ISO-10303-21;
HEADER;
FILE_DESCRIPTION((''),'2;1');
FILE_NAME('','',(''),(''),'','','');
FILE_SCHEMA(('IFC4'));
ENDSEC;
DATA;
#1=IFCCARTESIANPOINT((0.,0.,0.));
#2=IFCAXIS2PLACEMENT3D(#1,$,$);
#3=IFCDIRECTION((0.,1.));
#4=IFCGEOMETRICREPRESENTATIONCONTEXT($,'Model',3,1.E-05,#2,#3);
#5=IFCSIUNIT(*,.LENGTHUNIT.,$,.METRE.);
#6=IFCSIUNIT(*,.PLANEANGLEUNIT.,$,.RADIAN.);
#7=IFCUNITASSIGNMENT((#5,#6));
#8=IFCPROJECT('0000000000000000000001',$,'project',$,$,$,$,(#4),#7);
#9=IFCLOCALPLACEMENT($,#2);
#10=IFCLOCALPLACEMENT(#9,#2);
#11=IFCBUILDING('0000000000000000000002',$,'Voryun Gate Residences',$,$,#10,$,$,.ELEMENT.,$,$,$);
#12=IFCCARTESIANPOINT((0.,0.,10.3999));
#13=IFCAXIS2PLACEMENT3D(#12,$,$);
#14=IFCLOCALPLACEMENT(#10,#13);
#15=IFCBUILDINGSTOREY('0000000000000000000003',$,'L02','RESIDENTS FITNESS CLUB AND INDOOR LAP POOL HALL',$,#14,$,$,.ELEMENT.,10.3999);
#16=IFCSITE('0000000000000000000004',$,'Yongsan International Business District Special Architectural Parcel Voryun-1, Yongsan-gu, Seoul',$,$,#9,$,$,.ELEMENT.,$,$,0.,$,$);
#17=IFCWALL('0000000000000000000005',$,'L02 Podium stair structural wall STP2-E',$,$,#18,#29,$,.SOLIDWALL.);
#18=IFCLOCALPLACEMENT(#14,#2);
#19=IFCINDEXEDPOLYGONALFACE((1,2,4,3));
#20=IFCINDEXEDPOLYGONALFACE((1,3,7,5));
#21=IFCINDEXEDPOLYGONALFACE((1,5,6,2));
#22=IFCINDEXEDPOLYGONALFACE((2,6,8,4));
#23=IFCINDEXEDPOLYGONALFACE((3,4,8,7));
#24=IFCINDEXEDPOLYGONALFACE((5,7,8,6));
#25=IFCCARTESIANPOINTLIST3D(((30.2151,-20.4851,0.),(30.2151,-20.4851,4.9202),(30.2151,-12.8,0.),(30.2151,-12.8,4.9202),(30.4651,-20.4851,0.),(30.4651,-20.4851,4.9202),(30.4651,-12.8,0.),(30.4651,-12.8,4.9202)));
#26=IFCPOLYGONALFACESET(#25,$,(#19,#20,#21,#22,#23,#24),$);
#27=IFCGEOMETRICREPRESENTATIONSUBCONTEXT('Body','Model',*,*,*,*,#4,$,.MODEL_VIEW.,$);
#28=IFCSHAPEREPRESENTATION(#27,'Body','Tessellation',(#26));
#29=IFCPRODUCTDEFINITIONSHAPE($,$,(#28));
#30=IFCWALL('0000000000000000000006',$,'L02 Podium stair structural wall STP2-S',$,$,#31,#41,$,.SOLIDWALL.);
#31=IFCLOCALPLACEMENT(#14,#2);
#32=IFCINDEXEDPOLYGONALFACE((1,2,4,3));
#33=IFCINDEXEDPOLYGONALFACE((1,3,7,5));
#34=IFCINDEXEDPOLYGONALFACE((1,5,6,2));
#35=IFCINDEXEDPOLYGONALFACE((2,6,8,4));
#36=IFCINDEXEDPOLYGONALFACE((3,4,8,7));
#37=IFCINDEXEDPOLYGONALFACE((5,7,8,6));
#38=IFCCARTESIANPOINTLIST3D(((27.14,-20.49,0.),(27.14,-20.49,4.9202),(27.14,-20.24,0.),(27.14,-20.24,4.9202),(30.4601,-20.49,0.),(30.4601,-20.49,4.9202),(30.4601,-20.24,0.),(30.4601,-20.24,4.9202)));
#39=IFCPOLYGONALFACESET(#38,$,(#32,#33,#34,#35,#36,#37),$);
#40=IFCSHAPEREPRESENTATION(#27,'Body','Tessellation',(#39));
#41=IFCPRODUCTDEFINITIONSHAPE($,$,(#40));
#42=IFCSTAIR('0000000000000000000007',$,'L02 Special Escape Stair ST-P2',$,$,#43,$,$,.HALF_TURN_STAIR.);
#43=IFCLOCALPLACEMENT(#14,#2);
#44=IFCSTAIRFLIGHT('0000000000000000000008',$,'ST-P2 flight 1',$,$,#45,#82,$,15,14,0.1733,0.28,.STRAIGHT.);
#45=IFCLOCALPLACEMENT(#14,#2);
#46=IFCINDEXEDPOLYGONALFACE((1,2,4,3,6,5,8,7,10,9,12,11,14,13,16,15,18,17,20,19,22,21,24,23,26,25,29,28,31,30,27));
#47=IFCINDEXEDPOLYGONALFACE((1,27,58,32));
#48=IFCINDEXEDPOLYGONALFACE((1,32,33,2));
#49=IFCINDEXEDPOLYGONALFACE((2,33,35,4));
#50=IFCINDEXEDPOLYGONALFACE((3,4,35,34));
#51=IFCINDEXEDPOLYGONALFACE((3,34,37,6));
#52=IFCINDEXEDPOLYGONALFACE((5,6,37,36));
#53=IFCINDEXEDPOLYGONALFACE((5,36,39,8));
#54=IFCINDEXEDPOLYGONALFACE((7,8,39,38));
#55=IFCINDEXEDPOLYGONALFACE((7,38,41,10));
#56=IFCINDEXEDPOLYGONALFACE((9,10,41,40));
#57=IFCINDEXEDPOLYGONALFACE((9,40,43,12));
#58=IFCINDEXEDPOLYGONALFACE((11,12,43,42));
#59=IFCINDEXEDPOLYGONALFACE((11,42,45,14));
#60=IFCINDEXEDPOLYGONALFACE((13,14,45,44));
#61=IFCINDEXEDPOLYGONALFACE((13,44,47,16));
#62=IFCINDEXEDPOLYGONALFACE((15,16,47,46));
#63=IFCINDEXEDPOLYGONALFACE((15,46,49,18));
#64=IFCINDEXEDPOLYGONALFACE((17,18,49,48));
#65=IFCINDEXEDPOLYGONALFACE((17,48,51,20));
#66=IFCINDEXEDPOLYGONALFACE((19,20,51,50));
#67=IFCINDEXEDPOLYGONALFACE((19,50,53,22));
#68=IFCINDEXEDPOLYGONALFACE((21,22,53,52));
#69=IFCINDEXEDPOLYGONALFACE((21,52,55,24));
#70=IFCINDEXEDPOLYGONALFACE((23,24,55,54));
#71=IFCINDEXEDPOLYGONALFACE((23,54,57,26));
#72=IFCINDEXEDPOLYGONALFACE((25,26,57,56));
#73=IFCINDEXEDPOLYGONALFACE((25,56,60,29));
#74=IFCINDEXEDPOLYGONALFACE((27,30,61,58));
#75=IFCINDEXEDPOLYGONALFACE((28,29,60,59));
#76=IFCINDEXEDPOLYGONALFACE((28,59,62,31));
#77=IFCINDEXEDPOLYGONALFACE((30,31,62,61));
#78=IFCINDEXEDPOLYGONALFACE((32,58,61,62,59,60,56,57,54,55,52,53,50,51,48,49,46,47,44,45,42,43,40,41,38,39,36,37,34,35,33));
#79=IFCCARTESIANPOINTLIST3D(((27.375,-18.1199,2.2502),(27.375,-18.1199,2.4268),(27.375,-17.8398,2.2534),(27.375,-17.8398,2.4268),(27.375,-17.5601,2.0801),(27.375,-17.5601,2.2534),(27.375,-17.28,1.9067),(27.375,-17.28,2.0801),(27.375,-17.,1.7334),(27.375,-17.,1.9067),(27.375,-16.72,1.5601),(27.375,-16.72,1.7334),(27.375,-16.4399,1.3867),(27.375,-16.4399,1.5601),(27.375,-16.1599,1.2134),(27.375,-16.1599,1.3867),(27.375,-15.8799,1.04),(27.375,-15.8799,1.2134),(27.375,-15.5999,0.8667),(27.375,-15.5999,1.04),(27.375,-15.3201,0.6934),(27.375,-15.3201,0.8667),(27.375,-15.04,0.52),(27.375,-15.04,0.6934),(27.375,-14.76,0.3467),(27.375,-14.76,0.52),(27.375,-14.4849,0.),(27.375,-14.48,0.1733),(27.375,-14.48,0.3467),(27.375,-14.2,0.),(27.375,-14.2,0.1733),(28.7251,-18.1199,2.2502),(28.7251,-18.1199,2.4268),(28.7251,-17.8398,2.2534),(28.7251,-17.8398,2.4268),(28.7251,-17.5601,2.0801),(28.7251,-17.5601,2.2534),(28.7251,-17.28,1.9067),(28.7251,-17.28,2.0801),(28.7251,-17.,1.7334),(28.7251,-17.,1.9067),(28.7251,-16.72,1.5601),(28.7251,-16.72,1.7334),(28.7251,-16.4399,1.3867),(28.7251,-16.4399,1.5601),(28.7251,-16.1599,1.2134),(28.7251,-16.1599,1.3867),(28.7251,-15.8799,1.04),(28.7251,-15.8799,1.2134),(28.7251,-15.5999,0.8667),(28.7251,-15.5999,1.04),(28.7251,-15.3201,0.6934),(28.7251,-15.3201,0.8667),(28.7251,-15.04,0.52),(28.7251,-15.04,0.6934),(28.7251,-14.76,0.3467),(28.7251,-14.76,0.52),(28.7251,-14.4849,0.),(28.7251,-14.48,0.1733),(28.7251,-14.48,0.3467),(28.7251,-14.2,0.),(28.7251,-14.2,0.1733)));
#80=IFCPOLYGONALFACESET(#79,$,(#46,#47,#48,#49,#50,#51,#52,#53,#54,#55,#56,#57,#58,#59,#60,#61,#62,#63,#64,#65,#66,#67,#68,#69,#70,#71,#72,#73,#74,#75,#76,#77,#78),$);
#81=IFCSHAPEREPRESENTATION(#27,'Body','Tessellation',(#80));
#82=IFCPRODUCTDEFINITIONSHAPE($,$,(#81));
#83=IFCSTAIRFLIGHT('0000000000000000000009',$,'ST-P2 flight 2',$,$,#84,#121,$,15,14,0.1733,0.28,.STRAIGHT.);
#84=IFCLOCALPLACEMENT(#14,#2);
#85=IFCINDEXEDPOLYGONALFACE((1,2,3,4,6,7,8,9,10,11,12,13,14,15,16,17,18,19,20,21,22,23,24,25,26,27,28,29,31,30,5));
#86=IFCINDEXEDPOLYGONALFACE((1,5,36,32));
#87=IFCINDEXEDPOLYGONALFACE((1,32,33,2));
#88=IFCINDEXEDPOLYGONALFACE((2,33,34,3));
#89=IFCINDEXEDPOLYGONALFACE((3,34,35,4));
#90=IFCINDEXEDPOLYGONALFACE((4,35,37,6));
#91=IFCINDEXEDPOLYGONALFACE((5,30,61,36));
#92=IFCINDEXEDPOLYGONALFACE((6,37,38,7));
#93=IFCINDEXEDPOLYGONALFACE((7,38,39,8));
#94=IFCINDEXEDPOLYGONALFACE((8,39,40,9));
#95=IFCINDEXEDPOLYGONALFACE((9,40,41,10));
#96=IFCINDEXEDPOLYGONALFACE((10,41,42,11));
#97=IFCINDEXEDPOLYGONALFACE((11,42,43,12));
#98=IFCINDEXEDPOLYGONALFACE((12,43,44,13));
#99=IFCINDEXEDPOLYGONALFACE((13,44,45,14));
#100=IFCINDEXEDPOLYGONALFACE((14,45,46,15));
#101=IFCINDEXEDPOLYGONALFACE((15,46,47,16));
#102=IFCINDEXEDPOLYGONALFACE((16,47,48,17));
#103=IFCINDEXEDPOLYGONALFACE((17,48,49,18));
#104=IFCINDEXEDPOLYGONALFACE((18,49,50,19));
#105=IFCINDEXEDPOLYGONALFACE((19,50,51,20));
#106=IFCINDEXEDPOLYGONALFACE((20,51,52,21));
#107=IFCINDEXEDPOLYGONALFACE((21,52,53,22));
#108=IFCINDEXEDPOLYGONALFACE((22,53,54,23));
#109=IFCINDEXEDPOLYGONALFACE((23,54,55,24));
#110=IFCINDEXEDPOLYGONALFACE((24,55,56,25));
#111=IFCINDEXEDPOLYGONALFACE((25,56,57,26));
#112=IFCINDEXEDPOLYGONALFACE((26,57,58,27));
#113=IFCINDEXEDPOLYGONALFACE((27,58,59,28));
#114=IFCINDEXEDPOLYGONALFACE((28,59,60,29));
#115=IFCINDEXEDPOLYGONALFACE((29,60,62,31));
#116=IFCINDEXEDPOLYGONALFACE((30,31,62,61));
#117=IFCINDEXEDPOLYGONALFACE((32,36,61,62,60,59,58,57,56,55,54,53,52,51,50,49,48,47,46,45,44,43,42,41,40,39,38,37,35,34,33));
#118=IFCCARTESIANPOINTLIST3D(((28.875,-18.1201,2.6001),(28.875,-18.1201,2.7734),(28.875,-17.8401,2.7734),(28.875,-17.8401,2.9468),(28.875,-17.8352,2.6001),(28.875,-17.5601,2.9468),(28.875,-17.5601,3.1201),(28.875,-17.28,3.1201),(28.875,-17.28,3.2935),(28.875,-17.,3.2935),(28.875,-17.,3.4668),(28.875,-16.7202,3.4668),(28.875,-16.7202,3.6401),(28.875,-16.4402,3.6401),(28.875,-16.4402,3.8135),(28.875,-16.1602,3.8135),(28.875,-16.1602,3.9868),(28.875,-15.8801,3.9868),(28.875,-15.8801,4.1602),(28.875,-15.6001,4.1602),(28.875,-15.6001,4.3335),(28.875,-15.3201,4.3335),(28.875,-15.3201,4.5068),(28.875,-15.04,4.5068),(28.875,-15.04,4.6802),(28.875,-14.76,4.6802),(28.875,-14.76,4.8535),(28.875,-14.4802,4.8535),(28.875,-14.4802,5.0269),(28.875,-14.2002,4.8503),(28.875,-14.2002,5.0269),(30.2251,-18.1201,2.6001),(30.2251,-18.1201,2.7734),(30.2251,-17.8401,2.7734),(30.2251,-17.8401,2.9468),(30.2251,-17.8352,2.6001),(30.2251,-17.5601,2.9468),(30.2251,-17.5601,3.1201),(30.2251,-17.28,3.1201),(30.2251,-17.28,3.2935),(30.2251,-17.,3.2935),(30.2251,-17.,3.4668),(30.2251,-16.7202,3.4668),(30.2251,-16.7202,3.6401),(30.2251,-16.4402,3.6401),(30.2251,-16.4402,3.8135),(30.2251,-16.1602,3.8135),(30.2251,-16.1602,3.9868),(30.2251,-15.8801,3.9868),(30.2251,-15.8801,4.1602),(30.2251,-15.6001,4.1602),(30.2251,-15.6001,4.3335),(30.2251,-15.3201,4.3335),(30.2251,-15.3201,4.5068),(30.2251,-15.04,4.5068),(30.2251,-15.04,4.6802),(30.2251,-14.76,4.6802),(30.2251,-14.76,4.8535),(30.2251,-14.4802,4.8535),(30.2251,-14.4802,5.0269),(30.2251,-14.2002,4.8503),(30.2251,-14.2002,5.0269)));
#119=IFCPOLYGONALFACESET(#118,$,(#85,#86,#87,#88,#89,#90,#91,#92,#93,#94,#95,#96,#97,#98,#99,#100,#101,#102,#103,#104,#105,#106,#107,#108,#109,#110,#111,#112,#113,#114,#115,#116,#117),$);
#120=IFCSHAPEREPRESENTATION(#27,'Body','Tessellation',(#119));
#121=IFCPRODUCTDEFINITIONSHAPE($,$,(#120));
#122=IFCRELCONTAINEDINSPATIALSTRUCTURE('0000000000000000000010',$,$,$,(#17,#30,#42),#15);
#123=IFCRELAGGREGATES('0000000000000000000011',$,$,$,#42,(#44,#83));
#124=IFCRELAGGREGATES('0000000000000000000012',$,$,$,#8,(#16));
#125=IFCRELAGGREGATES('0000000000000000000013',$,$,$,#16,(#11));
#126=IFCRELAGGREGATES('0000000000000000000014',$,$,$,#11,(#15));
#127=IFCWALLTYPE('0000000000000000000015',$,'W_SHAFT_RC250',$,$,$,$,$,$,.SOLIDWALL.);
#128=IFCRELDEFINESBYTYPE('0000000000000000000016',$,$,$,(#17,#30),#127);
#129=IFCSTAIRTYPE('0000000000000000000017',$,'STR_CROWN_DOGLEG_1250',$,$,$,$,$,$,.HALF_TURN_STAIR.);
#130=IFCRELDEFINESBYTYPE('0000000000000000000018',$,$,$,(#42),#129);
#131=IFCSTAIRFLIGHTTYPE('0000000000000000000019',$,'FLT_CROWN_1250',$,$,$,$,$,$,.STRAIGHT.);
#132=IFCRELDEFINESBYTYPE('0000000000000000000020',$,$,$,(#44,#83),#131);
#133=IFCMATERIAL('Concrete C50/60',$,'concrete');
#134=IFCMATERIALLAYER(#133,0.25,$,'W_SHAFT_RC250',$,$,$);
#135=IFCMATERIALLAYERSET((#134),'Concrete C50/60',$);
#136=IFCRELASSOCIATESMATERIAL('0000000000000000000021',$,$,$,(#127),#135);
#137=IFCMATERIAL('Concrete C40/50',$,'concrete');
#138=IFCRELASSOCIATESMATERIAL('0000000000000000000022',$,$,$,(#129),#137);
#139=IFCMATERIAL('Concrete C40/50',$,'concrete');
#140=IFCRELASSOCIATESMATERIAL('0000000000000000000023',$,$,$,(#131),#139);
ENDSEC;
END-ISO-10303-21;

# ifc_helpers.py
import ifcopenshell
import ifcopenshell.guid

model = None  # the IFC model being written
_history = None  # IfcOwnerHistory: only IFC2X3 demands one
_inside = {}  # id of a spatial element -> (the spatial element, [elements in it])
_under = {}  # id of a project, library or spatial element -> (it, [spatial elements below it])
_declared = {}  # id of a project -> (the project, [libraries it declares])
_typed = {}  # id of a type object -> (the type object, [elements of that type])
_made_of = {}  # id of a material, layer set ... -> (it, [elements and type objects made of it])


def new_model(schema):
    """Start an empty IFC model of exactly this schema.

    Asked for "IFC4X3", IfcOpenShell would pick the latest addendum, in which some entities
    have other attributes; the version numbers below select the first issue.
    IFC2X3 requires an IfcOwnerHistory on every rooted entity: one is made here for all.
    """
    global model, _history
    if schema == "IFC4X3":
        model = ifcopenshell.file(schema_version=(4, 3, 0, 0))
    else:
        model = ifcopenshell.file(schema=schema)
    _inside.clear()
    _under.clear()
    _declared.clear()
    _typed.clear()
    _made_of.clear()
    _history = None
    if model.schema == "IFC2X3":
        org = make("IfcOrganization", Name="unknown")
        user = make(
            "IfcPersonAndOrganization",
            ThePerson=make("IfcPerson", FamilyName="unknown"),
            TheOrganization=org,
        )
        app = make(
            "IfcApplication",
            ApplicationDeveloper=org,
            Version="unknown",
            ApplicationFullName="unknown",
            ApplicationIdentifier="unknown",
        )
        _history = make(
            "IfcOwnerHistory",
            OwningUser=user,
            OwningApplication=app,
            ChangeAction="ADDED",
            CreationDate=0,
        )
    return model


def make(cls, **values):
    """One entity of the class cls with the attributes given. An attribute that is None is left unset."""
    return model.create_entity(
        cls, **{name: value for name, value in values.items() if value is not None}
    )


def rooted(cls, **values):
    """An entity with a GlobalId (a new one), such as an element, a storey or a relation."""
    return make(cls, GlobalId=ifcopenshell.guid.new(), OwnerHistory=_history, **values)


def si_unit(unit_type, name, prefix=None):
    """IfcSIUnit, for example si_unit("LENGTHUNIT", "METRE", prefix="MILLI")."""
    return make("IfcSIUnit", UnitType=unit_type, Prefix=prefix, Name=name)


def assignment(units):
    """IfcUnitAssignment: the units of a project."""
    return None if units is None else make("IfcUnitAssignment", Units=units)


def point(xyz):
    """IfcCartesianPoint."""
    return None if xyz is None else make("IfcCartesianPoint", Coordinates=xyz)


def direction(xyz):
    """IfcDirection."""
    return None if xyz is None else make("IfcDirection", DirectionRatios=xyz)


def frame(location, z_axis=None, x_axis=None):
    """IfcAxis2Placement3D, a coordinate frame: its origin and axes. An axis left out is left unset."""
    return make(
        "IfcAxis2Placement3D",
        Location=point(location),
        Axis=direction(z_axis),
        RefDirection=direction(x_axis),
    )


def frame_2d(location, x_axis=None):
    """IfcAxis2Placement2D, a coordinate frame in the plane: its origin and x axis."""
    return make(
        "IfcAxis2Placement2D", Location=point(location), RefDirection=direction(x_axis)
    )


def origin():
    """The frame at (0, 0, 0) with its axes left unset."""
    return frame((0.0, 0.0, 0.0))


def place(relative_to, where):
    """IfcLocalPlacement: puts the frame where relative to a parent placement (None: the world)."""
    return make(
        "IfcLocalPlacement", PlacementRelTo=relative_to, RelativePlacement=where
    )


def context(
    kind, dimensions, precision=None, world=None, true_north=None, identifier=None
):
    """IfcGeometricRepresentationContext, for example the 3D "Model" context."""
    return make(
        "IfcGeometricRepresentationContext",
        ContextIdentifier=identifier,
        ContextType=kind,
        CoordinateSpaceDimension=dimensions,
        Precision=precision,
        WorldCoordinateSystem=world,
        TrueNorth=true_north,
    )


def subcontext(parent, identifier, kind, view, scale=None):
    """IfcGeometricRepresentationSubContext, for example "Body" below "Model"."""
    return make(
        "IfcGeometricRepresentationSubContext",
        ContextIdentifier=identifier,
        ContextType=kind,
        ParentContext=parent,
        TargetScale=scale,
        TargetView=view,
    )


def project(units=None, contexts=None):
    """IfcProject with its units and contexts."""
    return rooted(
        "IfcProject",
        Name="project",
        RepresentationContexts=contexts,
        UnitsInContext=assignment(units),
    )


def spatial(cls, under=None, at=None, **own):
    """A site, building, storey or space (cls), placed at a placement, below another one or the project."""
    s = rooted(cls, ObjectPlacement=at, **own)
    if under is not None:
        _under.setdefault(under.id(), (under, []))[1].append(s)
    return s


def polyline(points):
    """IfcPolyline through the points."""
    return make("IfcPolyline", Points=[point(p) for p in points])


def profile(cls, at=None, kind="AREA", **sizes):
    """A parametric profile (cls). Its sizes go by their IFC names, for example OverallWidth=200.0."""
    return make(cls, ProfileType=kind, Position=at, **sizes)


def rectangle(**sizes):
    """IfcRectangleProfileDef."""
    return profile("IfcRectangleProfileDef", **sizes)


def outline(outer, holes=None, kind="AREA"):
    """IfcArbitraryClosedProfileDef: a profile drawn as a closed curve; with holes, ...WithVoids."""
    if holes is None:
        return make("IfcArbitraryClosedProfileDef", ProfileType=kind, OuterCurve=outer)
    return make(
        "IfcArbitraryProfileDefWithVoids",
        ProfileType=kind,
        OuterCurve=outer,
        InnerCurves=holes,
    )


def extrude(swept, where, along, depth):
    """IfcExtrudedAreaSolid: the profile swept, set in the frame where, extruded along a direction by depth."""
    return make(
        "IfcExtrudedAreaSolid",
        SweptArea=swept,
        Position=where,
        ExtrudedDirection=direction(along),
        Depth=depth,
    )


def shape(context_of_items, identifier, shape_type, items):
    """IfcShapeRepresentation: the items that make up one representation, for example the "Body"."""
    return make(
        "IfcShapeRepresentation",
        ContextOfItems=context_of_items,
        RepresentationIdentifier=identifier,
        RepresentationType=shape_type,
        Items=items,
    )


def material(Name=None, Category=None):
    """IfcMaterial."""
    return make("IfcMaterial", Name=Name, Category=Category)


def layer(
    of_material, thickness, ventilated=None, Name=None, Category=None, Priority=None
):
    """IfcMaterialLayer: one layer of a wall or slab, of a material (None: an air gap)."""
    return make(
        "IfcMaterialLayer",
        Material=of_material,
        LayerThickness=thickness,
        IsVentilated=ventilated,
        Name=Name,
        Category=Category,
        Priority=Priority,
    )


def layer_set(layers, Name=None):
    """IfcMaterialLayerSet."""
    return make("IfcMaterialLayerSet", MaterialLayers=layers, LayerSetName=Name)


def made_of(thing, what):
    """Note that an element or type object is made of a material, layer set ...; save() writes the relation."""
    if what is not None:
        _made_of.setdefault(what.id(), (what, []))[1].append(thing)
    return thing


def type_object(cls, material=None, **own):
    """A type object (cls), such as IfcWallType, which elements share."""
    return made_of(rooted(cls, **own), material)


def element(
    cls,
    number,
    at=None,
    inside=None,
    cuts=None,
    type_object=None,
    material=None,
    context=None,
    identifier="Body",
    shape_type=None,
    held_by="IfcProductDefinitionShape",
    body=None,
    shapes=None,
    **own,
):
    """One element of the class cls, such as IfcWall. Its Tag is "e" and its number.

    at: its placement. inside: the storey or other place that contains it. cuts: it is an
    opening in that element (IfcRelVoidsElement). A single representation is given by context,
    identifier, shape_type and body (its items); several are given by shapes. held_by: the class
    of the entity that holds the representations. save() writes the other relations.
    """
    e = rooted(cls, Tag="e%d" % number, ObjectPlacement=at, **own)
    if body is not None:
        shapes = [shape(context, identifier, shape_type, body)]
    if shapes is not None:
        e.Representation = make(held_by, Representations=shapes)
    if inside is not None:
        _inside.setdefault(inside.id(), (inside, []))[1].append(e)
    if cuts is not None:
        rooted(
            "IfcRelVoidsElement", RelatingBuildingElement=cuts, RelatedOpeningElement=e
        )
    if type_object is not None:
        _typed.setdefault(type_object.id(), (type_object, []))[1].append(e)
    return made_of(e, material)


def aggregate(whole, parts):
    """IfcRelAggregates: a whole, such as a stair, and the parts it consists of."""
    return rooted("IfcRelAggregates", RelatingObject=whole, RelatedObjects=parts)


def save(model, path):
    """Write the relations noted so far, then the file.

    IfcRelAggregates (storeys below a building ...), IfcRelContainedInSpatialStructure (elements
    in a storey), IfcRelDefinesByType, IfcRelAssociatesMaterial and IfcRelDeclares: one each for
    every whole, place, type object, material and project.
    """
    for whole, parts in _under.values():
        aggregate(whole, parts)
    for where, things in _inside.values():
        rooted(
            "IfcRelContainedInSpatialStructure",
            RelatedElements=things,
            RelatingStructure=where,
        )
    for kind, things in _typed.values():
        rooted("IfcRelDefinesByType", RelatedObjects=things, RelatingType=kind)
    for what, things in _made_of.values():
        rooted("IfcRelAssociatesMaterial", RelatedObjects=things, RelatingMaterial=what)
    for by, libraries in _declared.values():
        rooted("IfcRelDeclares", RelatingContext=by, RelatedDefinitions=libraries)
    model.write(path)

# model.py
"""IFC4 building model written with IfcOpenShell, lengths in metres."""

from ifc_helpers import new_model, si_unit, direction, frame, frame_2d, origin, place, context, subcontext, project, spatial, polyline, rectangle, outline, extrude, material, layer, layer_set, type_object, element, aggregate, save


model = new_model("IFC4")

# Units and contexts
model_context = context("Model", 3, precision=1e-05, world=origin(), true_north=direction((0.0, 1.0)))
body_context = subcontext(model_context, "Body", "Model", "MODEL_VIEW")
ifc_project = project(units=[si_unit("LENGTHUNIT", "METRE"), si_unit("PLANEANGLEUNIT", "RADIAN")], contexts=[model_context])

# Site, building, storey
site_placement = place(None, origin())
site = spatial("IfcSite", under=ifc_project, at=site_placement, Name="Yongsan International Business District Special Architectural Parcel Voryun-1, Yongsan-gu, Seoul", CompositionType="ELEMENT", RefElevation=0.0)
building_placement = place(site_placement, origin())
building = spatial("IfcBuilding", under=site, at=building_placement, Name="Voryun Gate Residences", CompositionType="ELEMENT")
storey_placement = place(building_placement, frame((0.0, 0.0, 10.3999)))
storey = spatial("IfcBuildingStorey", under=building, at=storey_placement, Name="L02", Description="RESIDENTS FITNESS CLUB AND INDOOR LAP POOL HALL", CompositionType="ELEMENT", Elevation=10.3999)

# Walls
ifc_material_1 = material(Name="Concrete C50/60", Category="concrete")
ifc_layer_1 = layer(ifc_material_1, 0.25, Name="W_SHAFT_RC250")
ifc_layer_set_1 = layer_set([ifc_layer_1], Name="Concrete C50/60")
wall_type_1 = type_object("IfcWallType", Name="W_SHAFT_RC250", PredefinedType="SOLIDWALL", material=ifc_layer_set_1)
for number, where, z_axis, x_axis, name in (
    (1, (30.3401, -20.4851, 0.0), (0.0, 0.0, 1.0), (0.0, 1.0, 0.0), "L02 Podium stair structural wall STP2-E"),
):
    element("IfcWall", number, at=place(storey_placement, frame(where, z_axis=z_axis, x_axis=x_axis)), inside=storey, type_object=wall_type_1, Name=name, PredefinedType="SOLIDWALL", context=body_context, shape_type="SweptSolid", body=[
        extrude(rectangle(XDim=7.6851, YDim=0.25, at=frame_2d((3.8425, 0.0))), origin(), (0.0, 0.0, 1.0), 4.9202),
    ])
wall_1_placement = place(storey_placement, frame((27.1399, -20.365, 0.0), z_axis=(0.0, 0.0, 1.0), x_axis=(1.0, 0.0, 0.0)))
element("IfcWall", 2, at=wall_1_placement, inside=storey, type_object=wall_type_1, Name="L02 Podium stair structural wall STP2-S", PredefinedType="SOLIDWALL", context=body_context, shape_type="SweptSolid", body=[
    extrude(rectangle(XDim=3.3201, YDim=0.25, at=frame_2d((1.6602, 0.0))), origin(), (0.0, 0.0, 1.0), 4.9202),
])

# Stair, stair flights
ifc_material_2 = material(Name="Concrete C40/50", Category="concrete")
stair_type = type_object("IfcStairType", Name="STR_CROWN_DOGLEG_1250", PredefinedType="HALF_TURN_STAIR", material=ifc_material_2)
stair_placement = place(storey_placement, origin())
stair = element("IfcStair", 3, at=stair_placement, inside=storey, type_object=stair_type, Name="L02 Special Escape Stair ST-P2", PredefinedType="HALF_TURN_STAIR")
ifc_material_3 = material(Name="Concrete C40/50", Category="concrete")
stair_flight_type = type_object("IfcStairFlightType", Name="FLT_CROWN_1250", PredefinedType="STRAIGHT", material=ifc_material_3)
stair_flight_1_placement = place(storey_placement, frame((28.05, -14.2, 0.0), z_axis=(0.0, 0.0, 1.0), x_axis=(0.0, -1.0, 0.0)))
stair_flight_1 = element("IfcStairFlight", 4, at=stair_flight_1_placement, type_object=stair_flight_type, Name="ST-P2 flight 1", NumberOfRisers=15, NumberOfTreads=14, PredefinedType="STRAIGHT", RiserHeight=0.1733, TreadLength=0.28, context=body_context, shape_type="SweptSolid", body=[
    extrude(outline(polyline([(0.0, 0.0), (0.0, 0.1733), (0.28, 0.1733), (0.28, 0.3467), (0.5601, 0.3467), (0.5601, 0.52), (0.8401, 0.52), (0.8401, 0.6934), (1.1201, 0.6934), (1.1201, 0.8667), (1.3999, 0.8667), (1.3999, 1.04), (1.6799, 1.04), (1.6799, 1.2134), (1.96, 1.2134), (1.96, 1.3867), (2.24, 1.3867), (2.24, 1.5601), (2.52, 1.5601), (2.52, 1.7334), (2.8, 1.7334), (2.8, 1.9067), (3.0801, 1.9067), (3.0801, 2.0801), (3.3601, 2.0801), (3.3601, 2.2534), (3.6399, 2.2534), (3.6399, 2.4268), (3.9199, 2.4268), (3.9199, 2.6001), (3.9199, 2.2502), (0.2849, 0.0), (0.0, 0.0)])), frame((0.0, 0.675, 0.0), z_axis=(0.0, -1.0, 0.0), x_axis=(1.0, 0.0, 0.0)), (0.0, 0.0, 1.0), 1.3501),
])
stair_flight_2_placement = place(storey_placement, frame((29.55, -18.1201, 2.6001), z_axis=(0.0, 0.0, 1.0), x_axis=(0.0, 1.0, 0.0)))
stair_flight_2 = element("IfcStairFlight", 5, at=stair_flight_2_placement, type_object=stair_flight_type, Name="ST-P2 flight 2", NumberOfRisers=15, NumberOfTreads=14, PredefinedType="STRAIGHT", RiserHeight=0.1733, TreadLength=0.28, context=body_context, shape_type="SweptSolid", body=[
    extrude(outline(polyline([(0.0, 0.0), (0.0, 0.1733), (0.28, 0.1733), (0.28, 0.3467), (0.5601, 0.3467), (0.5601, 0.52), (0.8401, 0.52), (0.8401, 0.6934), (1.1201, 0.6934), (1.1201, 0.8667), (1.3999, 0.8667), (1.3999, 1.04), (1.6799, 1.04), (1.6799, 1.2134), (1.96, 1.2134), (1.96, 1.3867), (2.24, 1.3867), (2.24, 1.5601), (2.52, 1.5601), (2.52, 1.7334), (2.8, 1.7334), (2.8, 1.9067), (3.0801, 1.9067), (3.0801, 2.0801), (3.3601, 2.0801), (3.3601, 2.2534), (3.6399, 2.2534), (3.6399, 2.4268), (3.9199, 2.4268), (3.9199, 2.6001), (3.9199, 2.2502), (0.2849, 0.0), (0.0, 0.0)])), frame((0.0, 0.675, 0.0), z_axis=(0.0, -1.0, 0.0), x_axis=(1.0, 0.0, 0.0)), (0.0, 0.0, 1.0), 1.3501),
])
aggregate(stair, [stair_flight_1, stair_flight_2])

save(model, "model.ifc")
